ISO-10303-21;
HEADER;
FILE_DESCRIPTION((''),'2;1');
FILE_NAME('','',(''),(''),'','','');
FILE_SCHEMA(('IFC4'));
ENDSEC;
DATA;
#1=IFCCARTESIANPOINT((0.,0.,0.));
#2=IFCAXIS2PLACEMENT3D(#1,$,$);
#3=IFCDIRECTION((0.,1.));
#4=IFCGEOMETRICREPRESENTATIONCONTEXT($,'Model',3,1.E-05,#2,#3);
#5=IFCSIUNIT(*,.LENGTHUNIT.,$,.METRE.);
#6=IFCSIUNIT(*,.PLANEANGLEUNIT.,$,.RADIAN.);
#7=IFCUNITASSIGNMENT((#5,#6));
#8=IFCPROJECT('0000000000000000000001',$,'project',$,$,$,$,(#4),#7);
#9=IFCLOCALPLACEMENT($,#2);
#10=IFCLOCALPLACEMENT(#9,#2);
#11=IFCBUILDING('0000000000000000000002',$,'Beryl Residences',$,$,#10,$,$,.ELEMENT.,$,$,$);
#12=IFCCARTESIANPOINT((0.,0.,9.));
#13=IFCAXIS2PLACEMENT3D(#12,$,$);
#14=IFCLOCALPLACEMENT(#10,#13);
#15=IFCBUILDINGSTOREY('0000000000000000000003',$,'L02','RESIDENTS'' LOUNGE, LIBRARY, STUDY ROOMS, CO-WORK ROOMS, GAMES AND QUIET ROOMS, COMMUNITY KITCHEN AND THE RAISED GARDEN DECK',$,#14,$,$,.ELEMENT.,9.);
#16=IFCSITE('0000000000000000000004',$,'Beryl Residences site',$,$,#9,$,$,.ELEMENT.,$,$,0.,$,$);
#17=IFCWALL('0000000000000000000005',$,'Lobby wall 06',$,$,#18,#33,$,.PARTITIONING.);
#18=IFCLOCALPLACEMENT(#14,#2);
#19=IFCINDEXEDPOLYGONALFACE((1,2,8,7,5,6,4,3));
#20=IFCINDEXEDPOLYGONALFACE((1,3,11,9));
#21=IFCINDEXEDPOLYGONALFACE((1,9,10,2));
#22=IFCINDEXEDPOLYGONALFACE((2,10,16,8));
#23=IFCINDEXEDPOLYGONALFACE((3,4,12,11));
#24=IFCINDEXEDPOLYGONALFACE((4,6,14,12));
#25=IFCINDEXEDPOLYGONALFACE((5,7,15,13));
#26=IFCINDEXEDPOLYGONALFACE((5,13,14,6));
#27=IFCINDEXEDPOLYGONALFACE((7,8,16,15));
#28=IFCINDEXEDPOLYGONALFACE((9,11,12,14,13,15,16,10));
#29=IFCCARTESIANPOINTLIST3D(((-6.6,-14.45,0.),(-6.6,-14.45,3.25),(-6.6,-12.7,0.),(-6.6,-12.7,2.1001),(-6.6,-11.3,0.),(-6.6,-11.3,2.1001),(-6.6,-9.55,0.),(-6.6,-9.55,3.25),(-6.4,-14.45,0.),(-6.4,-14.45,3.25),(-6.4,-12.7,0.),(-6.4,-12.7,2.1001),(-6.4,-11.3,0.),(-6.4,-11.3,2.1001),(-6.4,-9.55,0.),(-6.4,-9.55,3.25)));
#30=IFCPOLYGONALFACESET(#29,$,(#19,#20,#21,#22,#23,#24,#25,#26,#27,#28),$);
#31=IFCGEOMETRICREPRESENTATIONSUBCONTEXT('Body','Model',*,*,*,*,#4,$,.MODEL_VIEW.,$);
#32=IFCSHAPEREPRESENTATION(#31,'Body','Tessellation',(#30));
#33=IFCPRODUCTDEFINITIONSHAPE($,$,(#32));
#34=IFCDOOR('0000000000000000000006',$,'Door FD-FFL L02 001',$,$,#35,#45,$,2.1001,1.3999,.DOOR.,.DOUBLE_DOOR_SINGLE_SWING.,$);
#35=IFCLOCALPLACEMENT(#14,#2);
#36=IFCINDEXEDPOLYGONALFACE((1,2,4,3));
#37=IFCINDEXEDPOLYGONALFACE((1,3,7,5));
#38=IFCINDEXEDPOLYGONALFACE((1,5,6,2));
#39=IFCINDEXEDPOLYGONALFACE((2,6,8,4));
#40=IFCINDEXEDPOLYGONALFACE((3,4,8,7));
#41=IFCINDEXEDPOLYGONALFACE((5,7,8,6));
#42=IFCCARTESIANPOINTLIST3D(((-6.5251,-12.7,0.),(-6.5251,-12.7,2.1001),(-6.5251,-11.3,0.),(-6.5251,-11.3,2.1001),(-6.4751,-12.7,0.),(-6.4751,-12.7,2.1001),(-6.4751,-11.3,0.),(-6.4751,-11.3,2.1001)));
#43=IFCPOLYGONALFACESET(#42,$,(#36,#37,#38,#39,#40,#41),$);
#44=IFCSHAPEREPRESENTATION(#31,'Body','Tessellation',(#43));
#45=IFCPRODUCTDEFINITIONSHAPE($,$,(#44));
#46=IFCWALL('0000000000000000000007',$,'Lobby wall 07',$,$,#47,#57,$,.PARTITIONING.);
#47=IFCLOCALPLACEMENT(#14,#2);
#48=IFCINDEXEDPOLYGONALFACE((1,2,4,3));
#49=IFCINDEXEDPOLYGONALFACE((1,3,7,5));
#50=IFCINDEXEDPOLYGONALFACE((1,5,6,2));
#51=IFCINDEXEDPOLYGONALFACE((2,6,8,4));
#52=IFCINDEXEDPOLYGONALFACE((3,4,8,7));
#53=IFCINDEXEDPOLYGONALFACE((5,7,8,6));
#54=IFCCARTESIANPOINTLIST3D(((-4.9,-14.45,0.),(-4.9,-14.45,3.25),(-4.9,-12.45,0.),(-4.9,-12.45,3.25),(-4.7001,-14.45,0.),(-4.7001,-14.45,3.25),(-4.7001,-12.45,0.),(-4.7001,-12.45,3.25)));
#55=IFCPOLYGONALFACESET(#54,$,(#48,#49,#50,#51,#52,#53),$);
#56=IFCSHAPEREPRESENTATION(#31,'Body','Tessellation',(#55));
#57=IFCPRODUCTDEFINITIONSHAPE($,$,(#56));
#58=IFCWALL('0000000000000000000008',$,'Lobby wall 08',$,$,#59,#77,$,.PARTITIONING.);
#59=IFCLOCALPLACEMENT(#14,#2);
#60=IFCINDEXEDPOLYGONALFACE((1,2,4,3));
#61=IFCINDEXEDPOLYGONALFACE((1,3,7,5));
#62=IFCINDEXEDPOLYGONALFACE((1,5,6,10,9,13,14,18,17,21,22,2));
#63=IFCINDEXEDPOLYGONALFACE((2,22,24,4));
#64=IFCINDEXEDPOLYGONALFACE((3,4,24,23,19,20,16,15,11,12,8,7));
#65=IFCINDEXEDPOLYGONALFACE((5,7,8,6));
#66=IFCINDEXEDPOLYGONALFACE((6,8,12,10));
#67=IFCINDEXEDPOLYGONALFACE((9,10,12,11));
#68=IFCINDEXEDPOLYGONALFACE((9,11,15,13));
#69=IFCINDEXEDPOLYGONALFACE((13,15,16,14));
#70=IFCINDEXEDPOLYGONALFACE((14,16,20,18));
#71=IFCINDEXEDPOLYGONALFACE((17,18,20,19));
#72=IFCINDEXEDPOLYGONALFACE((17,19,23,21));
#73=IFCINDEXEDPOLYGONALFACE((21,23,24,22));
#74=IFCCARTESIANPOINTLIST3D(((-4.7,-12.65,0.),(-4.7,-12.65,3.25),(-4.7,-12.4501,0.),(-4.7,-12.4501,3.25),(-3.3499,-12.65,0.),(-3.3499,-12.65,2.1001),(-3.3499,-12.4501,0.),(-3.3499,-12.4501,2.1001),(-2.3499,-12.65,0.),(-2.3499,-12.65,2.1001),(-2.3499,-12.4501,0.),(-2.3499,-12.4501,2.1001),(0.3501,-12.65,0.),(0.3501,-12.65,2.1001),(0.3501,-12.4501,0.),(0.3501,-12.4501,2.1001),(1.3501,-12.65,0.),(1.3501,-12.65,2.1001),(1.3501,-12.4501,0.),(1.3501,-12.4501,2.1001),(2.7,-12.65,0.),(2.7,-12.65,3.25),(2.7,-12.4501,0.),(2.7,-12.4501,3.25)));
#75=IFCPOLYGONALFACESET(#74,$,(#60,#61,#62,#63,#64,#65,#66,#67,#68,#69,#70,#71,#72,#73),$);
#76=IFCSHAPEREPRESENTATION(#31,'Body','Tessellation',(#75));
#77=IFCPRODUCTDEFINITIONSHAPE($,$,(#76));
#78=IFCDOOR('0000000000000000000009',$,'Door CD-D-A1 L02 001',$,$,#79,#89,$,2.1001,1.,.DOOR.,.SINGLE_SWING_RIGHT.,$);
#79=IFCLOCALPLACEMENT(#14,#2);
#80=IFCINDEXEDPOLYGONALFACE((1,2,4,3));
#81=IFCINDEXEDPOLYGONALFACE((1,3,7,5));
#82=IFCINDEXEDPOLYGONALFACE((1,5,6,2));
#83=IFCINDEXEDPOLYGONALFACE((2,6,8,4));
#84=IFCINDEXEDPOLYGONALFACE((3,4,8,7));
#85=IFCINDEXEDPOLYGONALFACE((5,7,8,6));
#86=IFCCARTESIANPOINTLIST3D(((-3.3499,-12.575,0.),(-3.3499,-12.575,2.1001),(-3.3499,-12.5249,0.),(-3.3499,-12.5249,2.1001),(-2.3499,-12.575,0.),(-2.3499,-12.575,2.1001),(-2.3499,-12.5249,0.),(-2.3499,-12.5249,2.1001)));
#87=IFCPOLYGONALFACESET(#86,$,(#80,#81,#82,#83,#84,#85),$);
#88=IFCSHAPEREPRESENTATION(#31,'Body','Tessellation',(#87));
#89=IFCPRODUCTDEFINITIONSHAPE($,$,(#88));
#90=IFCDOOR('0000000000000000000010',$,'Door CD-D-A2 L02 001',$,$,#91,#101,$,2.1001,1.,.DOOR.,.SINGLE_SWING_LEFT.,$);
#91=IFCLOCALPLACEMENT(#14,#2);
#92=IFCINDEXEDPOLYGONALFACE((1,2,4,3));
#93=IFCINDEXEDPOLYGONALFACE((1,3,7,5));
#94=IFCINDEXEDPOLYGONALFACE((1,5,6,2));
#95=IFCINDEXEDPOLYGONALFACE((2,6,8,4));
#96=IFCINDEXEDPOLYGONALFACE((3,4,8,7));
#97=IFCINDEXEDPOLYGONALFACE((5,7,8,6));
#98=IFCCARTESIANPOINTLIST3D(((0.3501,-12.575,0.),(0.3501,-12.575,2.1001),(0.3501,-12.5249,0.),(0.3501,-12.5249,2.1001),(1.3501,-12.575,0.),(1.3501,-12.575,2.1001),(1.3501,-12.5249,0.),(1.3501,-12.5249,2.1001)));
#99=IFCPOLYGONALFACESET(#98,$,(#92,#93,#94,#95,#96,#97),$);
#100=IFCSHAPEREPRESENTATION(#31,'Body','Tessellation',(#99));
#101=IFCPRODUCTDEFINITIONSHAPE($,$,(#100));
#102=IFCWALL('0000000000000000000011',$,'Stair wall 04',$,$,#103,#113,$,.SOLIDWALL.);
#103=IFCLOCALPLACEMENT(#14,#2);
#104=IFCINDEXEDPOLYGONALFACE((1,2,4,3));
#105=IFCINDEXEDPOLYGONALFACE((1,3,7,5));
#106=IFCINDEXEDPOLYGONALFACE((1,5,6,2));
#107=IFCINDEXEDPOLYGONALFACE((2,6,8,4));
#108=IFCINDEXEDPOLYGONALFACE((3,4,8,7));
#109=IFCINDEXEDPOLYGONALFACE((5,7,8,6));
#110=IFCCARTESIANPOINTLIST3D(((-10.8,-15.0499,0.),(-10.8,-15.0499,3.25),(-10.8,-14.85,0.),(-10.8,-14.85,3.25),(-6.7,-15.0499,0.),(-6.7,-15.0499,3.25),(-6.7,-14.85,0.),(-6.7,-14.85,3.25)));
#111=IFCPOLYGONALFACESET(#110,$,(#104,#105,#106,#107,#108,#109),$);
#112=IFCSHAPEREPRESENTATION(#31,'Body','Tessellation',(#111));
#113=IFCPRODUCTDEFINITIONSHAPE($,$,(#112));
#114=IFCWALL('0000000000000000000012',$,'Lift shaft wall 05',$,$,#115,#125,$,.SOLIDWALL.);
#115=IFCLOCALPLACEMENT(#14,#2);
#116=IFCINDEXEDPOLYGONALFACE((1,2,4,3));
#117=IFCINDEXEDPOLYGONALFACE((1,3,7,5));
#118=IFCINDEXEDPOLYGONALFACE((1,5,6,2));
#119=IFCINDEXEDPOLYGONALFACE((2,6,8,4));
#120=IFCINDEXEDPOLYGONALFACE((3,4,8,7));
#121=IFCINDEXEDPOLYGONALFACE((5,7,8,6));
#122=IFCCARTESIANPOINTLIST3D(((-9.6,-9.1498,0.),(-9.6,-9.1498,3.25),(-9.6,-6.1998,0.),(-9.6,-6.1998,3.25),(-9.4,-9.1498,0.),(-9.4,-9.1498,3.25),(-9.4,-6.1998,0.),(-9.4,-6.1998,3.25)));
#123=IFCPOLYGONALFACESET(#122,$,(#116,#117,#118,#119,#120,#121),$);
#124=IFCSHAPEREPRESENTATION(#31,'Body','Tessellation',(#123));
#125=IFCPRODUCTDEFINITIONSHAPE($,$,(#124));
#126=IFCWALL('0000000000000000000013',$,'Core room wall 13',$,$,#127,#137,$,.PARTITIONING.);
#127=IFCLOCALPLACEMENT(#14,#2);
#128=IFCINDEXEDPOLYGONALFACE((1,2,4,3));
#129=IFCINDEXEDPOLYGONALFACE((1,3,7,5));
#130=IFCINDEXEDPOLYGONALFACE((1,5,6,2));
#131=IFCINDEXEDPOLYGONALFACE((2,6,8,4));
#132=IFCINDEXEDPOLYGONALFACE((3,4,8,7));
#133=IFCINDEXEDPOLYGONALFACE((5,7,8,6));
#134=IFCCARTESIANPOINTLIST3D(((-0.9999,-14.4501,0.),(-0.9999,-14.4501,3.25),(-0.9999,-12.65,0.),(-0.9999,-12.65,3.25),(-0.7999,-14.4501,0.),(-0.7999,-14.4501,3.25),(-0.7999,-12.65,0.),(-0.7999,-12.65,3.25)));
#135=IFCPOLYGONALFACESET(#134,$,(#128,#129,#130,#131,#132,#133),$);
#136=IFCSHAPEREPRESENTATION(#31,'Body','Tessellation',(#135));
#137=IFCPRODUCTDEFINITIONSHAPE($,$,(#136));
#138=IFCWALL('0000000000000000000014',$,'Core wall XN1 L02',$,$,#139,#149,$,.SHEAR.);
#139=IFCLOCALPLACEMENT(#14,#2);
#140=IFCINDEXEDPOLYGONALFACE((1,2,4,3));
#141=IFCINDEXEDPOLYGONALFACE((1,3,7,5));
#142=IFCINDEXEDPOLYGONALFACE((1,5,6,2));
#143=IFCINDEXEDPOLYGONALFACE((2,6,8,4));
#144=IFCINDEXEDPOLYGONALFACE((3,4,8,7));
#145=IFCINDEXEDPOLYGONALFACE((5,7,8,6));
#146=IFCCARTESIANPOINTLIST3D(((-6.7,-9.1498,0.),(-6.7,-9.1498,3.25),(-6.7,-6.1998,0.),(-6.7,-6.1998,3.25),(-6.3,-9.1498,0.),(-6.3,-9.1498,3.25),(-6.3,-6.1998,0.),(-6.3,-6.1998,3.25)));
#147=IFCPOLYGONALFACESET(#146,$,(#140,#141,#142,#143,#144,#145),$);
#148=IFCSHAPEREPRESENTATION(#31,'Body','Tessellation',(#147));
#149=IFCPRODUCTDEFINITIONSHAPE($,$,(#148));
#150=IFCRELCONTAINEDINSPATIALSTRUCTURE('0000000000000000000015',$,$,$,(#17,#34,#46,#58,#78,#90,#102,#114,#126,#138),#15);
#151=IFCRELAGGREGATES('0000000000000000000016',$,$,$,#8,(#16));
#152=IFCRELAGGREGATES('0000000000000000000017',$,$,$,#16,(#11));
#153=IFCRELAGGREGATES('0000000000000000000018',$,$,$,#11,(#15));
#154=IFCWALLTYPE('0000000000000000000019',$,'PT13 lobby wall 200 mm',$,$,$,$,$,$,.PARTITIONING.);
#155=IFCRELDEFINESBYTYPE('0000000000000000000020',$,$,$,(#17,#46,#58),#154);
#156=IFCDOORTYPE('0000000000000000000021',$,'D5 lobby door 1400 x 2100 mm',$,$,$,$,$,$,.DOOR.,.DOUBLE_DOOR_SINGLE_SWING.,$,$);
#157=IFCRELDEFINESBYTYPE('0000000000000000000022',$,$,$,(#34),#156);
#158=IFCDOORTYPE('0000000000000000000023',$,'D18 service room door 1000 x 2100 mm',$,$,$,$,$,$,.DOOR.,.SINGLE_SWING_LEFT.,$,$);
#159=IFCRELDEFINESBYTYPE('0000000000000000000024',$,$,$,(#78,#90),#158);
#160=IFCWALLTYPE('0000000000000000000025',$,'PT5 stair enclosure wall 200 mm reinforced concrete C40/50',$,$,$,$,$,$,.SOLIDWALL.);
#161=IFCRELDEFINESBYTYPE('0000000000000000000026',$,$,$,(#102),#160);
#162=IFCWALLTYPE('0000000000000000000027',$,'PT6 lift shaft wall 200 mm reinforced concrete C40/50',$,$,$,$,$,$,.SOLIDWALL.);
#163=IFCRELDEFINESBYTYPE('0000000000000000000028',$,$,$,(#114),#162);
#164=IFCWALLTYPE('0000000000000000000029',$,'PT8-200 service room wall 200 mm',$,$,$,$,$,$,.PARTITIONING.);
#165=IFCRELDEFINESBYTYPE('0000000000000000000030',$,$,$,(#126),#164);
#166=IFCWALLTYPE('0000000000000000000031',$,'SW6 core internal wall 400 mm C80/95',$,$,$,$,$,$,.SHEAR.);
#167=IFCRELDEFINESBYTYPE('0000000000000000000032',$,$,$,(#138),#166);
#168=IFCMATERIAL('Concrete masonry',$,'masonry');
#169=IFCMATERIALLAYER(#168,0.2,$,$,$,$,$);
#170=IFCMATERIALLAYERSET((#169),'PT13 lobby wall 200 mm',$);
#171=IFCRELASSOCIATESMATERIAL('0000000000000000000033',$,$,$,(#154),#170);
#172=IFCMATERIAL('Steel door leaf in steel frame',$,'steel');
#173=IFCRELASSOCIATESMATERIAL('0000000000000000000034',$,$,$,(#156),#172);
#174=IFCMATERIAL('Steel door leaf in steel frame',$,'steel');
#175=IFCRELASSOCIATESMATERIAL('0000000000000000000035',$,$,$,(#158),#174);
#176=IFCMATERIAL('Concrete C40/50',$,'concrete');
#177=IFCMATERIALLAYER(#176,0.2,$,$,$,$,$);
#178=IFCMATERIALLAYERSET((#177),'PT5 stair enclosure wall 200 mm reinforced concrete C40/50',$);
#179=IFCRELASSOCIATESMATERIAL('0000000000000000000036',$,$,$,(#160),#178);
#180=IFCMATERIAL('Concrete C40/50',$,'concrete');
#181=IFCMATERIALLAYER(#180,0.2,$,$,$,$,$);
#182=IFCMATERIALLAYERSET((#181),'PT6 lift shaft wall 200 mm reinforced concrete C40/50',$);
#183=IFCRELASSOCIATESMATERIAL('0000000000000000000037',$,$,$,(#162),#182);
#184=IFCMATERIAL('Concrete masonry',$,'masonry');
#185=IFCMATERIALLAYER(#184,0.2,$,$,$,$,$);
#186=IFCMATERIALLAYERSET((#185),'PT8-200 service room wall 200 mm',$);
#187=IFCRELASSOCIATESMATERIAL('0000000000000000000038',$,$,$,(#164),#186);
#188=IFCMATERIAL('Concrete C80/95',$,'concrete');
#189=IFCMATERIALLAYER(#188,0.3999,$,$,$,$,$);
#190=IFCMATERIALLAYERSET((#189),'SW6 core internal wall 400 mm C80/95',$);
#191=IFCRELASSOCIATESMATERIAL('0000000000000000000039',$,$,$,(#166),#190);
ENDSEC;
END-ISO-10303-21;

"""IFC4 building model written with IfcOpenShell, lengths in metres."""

from ifc_helpers import new_model, si_unit, direction, frame, frame_2d, origin, place, context, subcontext, project, spatial, rectangle, extrude, material, layer, layer_set, type_object, element, fill, save


model = new_model("IFC4")

# Units and contexts
model_context = context("Model", 3, precision=1e-05, world=origin(), true_north=direction((0.0, 1.0)))
body_context = subcontext(model_context, "Body", "Model", "MODEL_VIEW")
ifc_project = project(units=[si_unit("LENGTHUNIT", "METRE"), si_unit("PLANEANGLEUNIT", "RADIAN")], contexts=[model_context])

# Site, building, storey
site_placement = place(None, origin())
site = spatial("IfcSite", under=ifc_project, at=site_placement, Name="Beryl Residences site", CompositionType="ELEMENT", RefElevation=0.0)
building_placement = place(site_placement, origin())
building = spatial("IfcBuilding", under=site, at=building_placement, Name="Beryl Residences", CompositionType="ELEMENT")
storey_placement = place(building_placement, frame((0.0, 0.0, 9.0)))
storey = spatial("IfcBuildingStorey", under=building, at=storey_placement, Name="L02", Description="RESIDENTS' LOUNGE, LIBRARY, STUDY ROOMS, CO-WORK ROOMS, GAMES AND QUIET ROOMS, COMMUNITY KITCHEN AND THE RAISED GARDEN DECK", CompositionType="ELEMENT", Elevation=9.0)

# Wall, opening, door
ifc_material_1 = material(Name="Concrete masonry", Category="masonry")
ifc_layer_1 = layer(ifc_material_1, 0.2)
ifc_layer_set_1 = layer_set([ifc_layer_1], Name="PT13 lobby wall 200 mm")
wall_type_1 = type_object("IfcWallType", Name="PT13 lobby wall 200 mm", PredefinedType="PARTITIONING", material=ifc_layer_set_1)
wall_1_placement = place(storey_placement, frame((-6.5, -14.45, 0.0), z_axis=(0.0, 0.0, 1.0), x_axis=(0.0, 1.0, 0.0)))
wall_1 = element("IfcWall", 1, at=wall_1_placement, inside=storey, type_object=wall_type_1, Name="Lobby wall 06", PredefinedType="PARTITIONING", context=body_context, shape_type="SweptSolid", body=[
    extrude(rectangle(XDim=4.8999, YDim=0.2, at=frame_2d((2.45, 0.0))), origin(), (0.0, 0.0, 1.0), 3.25),
])
opening_1_placement = place(wall_1_placement, frame((3.1499, 0.0, 0.0), z_axis=(0.0, 0.0, 1.0), x_axis=(-1.0, 0.0, 0.0)))
opening_1 = element("IfcOpeningElement", 2, at=opening_1_placement, cuts=wall_1, PredefinedType="OPENING", context=body_context, shape_type="SweptSolid", body=[
    extrude(rectangle(XDim=1.3999, YDim=2.1001, at=frame_2d((0.7, 1.05))), frame((0.0, 0.1099, 0.0), z_axis=(0.0, -1.0, 0.0), x_axis=(1.0, 0.0, 0.0)), (0.0, 0.0, 1.0), 0.22),
])
ifc_material_2 = material(Name="Steel door leaf in steel frame", Category="steel")
door_type_1 = type_object("IfcDoorType", Name="D5 lobby door 1400 x 2100 mm", OperationType="DOUBLE_DOOR_SINGLE_SWING", PredefinedType="DOOR", material=ifc_material_2)
door_1_placement = place(opening_1_placement, origin())
door_1 = element("IfcDoor", 3, at=door_1_placement, inside=storey, type_object=door_type_1, Name="Door FD-FFL L02 001", OperationType="DOUBLE_DOOR_SINGLE_SWING", OverallHeight=2.1001, OverallWidth=1.3999, PredefinedType="DOOR", context=body_context, shape_type="SweptSolid", body=[
    extrude(rectangle(XDim=1.3999, YDim=2.1001, at=frame_2d((0.7, 1.05))), frame((0.0, 0.0249, 0.0), z_axis=(0.0, -1.0, 0.0), x_axis=(1.0, 0.0, 0.0)), (0.0, 0.0, 1.0), 0.05),
])
fill(opening_1, door_1)

# Wall
wall_2_placement = place(storey_placement, frame((-4.8, -14.45, 0.0), z_axis=(0.0, 0.0, 1.0), x_axis=(0.0, 1.0, 0.0)))
element("IfcWall", 4, at=wall_2_placement, inside=storey, type_object=wall_type_1, Name="Lobby wall 07", PredefinedType="PARTITIONING", context=body_context, shape_type="SweptSolid", body=[
    extrude(rectangle(XDim=2.0, YDim=0.2, at=frame_2d((1.0, 0.0))), origin(), (0.0, 0.0, 1.0), 3.25),
])

# Wall, openings, doors
wall_3_placement = place(storey_placement, frame((-4.7, -12.55, 0.0), z_axis=(0.0, 0.0, 1.0), x_axis=(1.0, 0.0, 0.0)))
wall_3 = element("IfcWall", 5, at=wall_3_placement, inside=storey, type_object=wall_type_1, Name="Lobby wall 08", PredefinedType="PARTITIONING", context=body_context, shape_type="SweptSolid", body=[
    extrude(rectangle(XDim=7.3999, YDim=0.2, at=frame_2d((3.7, 0.0))), origin(), (0.0, 0.0, 1.0), 3.25),
])
opening_2_placement = place(wall_3_placement, frame((2.3501, 0.0, 0.0), z_axis=(0.0, 0.0, 1.0), x_axis=(-1.0, 0.0, 0.0)))
opening_2 = element("IfcOpeningElement", 6, at=opening_2_placement, cuts=wall_3, PredefinedType="OPENING", context=body_context, shape_type="SweptSolid", body=[
    extrude(rectangle(XDim=1.0, YDim=2.1001, at=frame_2d((0.5, 1.05))), frame((0.0, 0.1099, 0.0), z_axis=(0.0, -1.0, 0.0), x_axis=(1.0, 0.0, 0.0)), (0.0, 0.0, 1.0), 0.22),
])
opening_3_placement = place(wall_3_placement, frame((6.05, 0.0, 0.0), z_axis=(0.0, 0.0, 1.0), x_axis=(-1.0, 0.0, 0.0)))
opening_3 = element("IfcOpeningElement", 7, at=opening_3_placement, cuts=wall_3, PredefinedType="OPENING", context=body_context, shape_type="SweptSolid", body=[
    extrude(rectangle(XDim=1.0, YDim=2.1001, at=frame_2d((0.5, 1.05))), frame((0.0, 0.1099, 0.0), z_axis=(0.0, -1.0, 0.0), x_axis=(1.0, 0.0, 0.0)), (0.0, 0.0, 1.0), 0.22),
])
ifc_material_3 = material(Name="Steel door leaf in steel frame", Category="steel")
door_type_2 = type_object("IfcDoorType", Name="D18 service room door 1000 x 2100 mm", OperationType="SINGLE_SWING_LEFT", PredefinedType="DOOR", material=ifc_material_3)
door_2_placement = place(opening_2_placement, origin())
door_2 = element("IfcDoor", 8, at=door_2_placement, inside=storey, type_object=door_type_2, Name="Door CD-D-A1 L02 001", OperationType="SINGLE_SWING_RIGHT", OverallHeight=2.1001, OverallWidth=1.0, PredefinedType="DOOR", context=body_context, shape_type="SweptSolid", body=[
    extrude(rectangle(XDim=1.0, YDim=2.1001, at=frame_2d((0.5, 1.05))), frame((0.0, 0.0249, 0.0), z_axis=(0.0, -1.0, 0.0), x_axis=(1.0, 0.0, 0.0)), (0.0, 0.0, 1.0), 0.05),
])
fill(opening_2, door_2)
door_3_placement = place(opening_3_placement, origin())
door_3 = element("IfcDoor", 9, at=door_3_placement, inside=storey, type_object=door_type_2, Name="Door CD-D-A2 L02 001", OperationType="SINGLE_SWING_LEFT", OverallHeight=2.1001, OverallWidth=1.0, PredefinedType="DOOR", context=body_context, shape_type="SweptSolid", body=[
    extrude(rectangle(XDim=1.0, YDim=2.1001, at=frame_2d((0.5, 1.05))), frame((0.0, 0.0249, 0.0), z_axis=(0.0, -1.0, 0.0), x_axis=(1.0, 0.0, 0.0)), (0.0, 0.0, 1.0), 0.05),
])
fill(opening_3, door_3)

# Walls
ifc_material_4 = material(Name="Concrete C40/50", Category="concrete")
ifc_layer_2 = layer(ifc_material_4, 0.2)
ifc_layer_set_2 = layer_set([ifc_layer_2], Name="PT5 stair enclosure wall 200 mm reinforced concrete C40/50")
wall_type_2 = type_object("IfcWallType", Name="PT5 stair enclosure wall 200 mm reinforced concrete C40/50", PredefinedType="SOLIDWALL", material=ifc_layer_set_2)
wall_4_placement = place(storey_placement, frame((-10.8, -14.95, 0.0), z_axis=(0.0, 0.0, 1.0), x_axis=(1.0, 0.0, 0.0)))
element("IfcWall", 10, at=wall_4_placement, inside=storey, type_object=wall_type_2, Name="Stair wall 04", PredefinedType="SOLIDWALL", context=body_context, shape_type="SweptSolid", body=[
    extrude(rectangle(XDim=4.1001, YDim=0.2, at=frame_2d((2.05, 0.0))), origin(), (0.0, 0.0, 1.0), 3.25),
])
ifc_material_5 = material(Name="Concrete C40/50", Category="concrete")
ifc_layer_3 = layer(ifc_material_5, 0.2)
ifc_layer_set_3 = layer_set([ifc_layer_3], Name="PT6 lift shaft wall 200 mm reinforced concrete C40/50")
wall_type_3 = type_object("IfcWallType", Name="PT6 lift shaft wall 200 mm reinforced concrete C40/50", PredefinedType="SOLIDWALL", material=ifc_layer_set_3)
wall_5_placement = place(storey_placement, frame((-9.5, -9.1499, 0.0), z_axis=(0.0, 0.0, 1.0), x_axis=(0.0, 1.0, 0.0)))
element("IfcWall", 11, at=wall_5_placement, inside=storey, type_object=wall_type_3, Name="Lift shaft wall 05", PredefinedType="SOLIDWALL", context=body_context, shape_type="SweptSolid", body=[
    extrude(rectangle(XDim=2.95, YDim=0.2, at=frame_2d((1.4751, 0.0))), origin(), (0.0, 0.0, 1.0), 3.25),
])
ifc_material_6 = material(Name="Concrete masonry", Category="masonry")
ifc_layer_4 = layer(ifc_material_6, 0.2)
ifc_layer_set_4 = layer_set([ifc_layer_4], Name="PT8-200 service room wall 200 mm")
wall_type_4 = type_object("IfcWallType", Name="PT8-200 service room wall 200 mm", PredefinedType="PARTITIONING", material=ifc_layer_set_4)
wall_6_placement = place(storey_placement, frame((-0.8999, -14.45, 0.0), z_axis=(0.0, 0.0, 1.0), x_axis=(0.0, 1.0, 0.0)))
element("IfcWall", 12, at=wall_6_placement, inside=storey, type_object=wall_type_4, Name="Core room wall 13", PredefinedType="PARTITIONING", context=body_context, shape_type="SweptSolid", body=[
    extrude(rectangle(XDim=1.8, YDim=0.2, at=frame_2d((0.8999, 0.0))), origin(), (0.0, 0.0, 1.0), 3.25),
])
ifc_material_7 = material(Name="Concrete C80/95", Category="concrete")
ifc_layer_5 = layer(ifc_material_7, 0.3999)
ifc_layer_set_5 = layer_set([ifc_layer_5], Name="SW6 core internal wall 400 mm C80/95")
wall_type_5 = type_object("IfcWallType", Name="SW6 core internal wall 400 mm C80/95", PredefinedType="SHEAR", material=ifc_layer_set_5)
wall_7_placement = place(storey_placement, frame((-6.5, -9.1499, 0.0), z_axis=(0.0, 0.0, 1.0), x_axis=(0.0, 1.0, 0.0)))
element("IfcWall", 13, at=wall_7_placement, inside=storey, type_object=wall_type_5, Name="Core wall XN1 L02", PredefinedType="SHEAR", context=body_context, shape_type="SweptSolid", body=[
    extrude(rectangle(XDim=2.95, YDim=0.3999, at=frame_2d((1.4751, 0.0))), origin(), (0.0, 0.0, 1.0), 3.25),
])

save(model, "model.ifc")
